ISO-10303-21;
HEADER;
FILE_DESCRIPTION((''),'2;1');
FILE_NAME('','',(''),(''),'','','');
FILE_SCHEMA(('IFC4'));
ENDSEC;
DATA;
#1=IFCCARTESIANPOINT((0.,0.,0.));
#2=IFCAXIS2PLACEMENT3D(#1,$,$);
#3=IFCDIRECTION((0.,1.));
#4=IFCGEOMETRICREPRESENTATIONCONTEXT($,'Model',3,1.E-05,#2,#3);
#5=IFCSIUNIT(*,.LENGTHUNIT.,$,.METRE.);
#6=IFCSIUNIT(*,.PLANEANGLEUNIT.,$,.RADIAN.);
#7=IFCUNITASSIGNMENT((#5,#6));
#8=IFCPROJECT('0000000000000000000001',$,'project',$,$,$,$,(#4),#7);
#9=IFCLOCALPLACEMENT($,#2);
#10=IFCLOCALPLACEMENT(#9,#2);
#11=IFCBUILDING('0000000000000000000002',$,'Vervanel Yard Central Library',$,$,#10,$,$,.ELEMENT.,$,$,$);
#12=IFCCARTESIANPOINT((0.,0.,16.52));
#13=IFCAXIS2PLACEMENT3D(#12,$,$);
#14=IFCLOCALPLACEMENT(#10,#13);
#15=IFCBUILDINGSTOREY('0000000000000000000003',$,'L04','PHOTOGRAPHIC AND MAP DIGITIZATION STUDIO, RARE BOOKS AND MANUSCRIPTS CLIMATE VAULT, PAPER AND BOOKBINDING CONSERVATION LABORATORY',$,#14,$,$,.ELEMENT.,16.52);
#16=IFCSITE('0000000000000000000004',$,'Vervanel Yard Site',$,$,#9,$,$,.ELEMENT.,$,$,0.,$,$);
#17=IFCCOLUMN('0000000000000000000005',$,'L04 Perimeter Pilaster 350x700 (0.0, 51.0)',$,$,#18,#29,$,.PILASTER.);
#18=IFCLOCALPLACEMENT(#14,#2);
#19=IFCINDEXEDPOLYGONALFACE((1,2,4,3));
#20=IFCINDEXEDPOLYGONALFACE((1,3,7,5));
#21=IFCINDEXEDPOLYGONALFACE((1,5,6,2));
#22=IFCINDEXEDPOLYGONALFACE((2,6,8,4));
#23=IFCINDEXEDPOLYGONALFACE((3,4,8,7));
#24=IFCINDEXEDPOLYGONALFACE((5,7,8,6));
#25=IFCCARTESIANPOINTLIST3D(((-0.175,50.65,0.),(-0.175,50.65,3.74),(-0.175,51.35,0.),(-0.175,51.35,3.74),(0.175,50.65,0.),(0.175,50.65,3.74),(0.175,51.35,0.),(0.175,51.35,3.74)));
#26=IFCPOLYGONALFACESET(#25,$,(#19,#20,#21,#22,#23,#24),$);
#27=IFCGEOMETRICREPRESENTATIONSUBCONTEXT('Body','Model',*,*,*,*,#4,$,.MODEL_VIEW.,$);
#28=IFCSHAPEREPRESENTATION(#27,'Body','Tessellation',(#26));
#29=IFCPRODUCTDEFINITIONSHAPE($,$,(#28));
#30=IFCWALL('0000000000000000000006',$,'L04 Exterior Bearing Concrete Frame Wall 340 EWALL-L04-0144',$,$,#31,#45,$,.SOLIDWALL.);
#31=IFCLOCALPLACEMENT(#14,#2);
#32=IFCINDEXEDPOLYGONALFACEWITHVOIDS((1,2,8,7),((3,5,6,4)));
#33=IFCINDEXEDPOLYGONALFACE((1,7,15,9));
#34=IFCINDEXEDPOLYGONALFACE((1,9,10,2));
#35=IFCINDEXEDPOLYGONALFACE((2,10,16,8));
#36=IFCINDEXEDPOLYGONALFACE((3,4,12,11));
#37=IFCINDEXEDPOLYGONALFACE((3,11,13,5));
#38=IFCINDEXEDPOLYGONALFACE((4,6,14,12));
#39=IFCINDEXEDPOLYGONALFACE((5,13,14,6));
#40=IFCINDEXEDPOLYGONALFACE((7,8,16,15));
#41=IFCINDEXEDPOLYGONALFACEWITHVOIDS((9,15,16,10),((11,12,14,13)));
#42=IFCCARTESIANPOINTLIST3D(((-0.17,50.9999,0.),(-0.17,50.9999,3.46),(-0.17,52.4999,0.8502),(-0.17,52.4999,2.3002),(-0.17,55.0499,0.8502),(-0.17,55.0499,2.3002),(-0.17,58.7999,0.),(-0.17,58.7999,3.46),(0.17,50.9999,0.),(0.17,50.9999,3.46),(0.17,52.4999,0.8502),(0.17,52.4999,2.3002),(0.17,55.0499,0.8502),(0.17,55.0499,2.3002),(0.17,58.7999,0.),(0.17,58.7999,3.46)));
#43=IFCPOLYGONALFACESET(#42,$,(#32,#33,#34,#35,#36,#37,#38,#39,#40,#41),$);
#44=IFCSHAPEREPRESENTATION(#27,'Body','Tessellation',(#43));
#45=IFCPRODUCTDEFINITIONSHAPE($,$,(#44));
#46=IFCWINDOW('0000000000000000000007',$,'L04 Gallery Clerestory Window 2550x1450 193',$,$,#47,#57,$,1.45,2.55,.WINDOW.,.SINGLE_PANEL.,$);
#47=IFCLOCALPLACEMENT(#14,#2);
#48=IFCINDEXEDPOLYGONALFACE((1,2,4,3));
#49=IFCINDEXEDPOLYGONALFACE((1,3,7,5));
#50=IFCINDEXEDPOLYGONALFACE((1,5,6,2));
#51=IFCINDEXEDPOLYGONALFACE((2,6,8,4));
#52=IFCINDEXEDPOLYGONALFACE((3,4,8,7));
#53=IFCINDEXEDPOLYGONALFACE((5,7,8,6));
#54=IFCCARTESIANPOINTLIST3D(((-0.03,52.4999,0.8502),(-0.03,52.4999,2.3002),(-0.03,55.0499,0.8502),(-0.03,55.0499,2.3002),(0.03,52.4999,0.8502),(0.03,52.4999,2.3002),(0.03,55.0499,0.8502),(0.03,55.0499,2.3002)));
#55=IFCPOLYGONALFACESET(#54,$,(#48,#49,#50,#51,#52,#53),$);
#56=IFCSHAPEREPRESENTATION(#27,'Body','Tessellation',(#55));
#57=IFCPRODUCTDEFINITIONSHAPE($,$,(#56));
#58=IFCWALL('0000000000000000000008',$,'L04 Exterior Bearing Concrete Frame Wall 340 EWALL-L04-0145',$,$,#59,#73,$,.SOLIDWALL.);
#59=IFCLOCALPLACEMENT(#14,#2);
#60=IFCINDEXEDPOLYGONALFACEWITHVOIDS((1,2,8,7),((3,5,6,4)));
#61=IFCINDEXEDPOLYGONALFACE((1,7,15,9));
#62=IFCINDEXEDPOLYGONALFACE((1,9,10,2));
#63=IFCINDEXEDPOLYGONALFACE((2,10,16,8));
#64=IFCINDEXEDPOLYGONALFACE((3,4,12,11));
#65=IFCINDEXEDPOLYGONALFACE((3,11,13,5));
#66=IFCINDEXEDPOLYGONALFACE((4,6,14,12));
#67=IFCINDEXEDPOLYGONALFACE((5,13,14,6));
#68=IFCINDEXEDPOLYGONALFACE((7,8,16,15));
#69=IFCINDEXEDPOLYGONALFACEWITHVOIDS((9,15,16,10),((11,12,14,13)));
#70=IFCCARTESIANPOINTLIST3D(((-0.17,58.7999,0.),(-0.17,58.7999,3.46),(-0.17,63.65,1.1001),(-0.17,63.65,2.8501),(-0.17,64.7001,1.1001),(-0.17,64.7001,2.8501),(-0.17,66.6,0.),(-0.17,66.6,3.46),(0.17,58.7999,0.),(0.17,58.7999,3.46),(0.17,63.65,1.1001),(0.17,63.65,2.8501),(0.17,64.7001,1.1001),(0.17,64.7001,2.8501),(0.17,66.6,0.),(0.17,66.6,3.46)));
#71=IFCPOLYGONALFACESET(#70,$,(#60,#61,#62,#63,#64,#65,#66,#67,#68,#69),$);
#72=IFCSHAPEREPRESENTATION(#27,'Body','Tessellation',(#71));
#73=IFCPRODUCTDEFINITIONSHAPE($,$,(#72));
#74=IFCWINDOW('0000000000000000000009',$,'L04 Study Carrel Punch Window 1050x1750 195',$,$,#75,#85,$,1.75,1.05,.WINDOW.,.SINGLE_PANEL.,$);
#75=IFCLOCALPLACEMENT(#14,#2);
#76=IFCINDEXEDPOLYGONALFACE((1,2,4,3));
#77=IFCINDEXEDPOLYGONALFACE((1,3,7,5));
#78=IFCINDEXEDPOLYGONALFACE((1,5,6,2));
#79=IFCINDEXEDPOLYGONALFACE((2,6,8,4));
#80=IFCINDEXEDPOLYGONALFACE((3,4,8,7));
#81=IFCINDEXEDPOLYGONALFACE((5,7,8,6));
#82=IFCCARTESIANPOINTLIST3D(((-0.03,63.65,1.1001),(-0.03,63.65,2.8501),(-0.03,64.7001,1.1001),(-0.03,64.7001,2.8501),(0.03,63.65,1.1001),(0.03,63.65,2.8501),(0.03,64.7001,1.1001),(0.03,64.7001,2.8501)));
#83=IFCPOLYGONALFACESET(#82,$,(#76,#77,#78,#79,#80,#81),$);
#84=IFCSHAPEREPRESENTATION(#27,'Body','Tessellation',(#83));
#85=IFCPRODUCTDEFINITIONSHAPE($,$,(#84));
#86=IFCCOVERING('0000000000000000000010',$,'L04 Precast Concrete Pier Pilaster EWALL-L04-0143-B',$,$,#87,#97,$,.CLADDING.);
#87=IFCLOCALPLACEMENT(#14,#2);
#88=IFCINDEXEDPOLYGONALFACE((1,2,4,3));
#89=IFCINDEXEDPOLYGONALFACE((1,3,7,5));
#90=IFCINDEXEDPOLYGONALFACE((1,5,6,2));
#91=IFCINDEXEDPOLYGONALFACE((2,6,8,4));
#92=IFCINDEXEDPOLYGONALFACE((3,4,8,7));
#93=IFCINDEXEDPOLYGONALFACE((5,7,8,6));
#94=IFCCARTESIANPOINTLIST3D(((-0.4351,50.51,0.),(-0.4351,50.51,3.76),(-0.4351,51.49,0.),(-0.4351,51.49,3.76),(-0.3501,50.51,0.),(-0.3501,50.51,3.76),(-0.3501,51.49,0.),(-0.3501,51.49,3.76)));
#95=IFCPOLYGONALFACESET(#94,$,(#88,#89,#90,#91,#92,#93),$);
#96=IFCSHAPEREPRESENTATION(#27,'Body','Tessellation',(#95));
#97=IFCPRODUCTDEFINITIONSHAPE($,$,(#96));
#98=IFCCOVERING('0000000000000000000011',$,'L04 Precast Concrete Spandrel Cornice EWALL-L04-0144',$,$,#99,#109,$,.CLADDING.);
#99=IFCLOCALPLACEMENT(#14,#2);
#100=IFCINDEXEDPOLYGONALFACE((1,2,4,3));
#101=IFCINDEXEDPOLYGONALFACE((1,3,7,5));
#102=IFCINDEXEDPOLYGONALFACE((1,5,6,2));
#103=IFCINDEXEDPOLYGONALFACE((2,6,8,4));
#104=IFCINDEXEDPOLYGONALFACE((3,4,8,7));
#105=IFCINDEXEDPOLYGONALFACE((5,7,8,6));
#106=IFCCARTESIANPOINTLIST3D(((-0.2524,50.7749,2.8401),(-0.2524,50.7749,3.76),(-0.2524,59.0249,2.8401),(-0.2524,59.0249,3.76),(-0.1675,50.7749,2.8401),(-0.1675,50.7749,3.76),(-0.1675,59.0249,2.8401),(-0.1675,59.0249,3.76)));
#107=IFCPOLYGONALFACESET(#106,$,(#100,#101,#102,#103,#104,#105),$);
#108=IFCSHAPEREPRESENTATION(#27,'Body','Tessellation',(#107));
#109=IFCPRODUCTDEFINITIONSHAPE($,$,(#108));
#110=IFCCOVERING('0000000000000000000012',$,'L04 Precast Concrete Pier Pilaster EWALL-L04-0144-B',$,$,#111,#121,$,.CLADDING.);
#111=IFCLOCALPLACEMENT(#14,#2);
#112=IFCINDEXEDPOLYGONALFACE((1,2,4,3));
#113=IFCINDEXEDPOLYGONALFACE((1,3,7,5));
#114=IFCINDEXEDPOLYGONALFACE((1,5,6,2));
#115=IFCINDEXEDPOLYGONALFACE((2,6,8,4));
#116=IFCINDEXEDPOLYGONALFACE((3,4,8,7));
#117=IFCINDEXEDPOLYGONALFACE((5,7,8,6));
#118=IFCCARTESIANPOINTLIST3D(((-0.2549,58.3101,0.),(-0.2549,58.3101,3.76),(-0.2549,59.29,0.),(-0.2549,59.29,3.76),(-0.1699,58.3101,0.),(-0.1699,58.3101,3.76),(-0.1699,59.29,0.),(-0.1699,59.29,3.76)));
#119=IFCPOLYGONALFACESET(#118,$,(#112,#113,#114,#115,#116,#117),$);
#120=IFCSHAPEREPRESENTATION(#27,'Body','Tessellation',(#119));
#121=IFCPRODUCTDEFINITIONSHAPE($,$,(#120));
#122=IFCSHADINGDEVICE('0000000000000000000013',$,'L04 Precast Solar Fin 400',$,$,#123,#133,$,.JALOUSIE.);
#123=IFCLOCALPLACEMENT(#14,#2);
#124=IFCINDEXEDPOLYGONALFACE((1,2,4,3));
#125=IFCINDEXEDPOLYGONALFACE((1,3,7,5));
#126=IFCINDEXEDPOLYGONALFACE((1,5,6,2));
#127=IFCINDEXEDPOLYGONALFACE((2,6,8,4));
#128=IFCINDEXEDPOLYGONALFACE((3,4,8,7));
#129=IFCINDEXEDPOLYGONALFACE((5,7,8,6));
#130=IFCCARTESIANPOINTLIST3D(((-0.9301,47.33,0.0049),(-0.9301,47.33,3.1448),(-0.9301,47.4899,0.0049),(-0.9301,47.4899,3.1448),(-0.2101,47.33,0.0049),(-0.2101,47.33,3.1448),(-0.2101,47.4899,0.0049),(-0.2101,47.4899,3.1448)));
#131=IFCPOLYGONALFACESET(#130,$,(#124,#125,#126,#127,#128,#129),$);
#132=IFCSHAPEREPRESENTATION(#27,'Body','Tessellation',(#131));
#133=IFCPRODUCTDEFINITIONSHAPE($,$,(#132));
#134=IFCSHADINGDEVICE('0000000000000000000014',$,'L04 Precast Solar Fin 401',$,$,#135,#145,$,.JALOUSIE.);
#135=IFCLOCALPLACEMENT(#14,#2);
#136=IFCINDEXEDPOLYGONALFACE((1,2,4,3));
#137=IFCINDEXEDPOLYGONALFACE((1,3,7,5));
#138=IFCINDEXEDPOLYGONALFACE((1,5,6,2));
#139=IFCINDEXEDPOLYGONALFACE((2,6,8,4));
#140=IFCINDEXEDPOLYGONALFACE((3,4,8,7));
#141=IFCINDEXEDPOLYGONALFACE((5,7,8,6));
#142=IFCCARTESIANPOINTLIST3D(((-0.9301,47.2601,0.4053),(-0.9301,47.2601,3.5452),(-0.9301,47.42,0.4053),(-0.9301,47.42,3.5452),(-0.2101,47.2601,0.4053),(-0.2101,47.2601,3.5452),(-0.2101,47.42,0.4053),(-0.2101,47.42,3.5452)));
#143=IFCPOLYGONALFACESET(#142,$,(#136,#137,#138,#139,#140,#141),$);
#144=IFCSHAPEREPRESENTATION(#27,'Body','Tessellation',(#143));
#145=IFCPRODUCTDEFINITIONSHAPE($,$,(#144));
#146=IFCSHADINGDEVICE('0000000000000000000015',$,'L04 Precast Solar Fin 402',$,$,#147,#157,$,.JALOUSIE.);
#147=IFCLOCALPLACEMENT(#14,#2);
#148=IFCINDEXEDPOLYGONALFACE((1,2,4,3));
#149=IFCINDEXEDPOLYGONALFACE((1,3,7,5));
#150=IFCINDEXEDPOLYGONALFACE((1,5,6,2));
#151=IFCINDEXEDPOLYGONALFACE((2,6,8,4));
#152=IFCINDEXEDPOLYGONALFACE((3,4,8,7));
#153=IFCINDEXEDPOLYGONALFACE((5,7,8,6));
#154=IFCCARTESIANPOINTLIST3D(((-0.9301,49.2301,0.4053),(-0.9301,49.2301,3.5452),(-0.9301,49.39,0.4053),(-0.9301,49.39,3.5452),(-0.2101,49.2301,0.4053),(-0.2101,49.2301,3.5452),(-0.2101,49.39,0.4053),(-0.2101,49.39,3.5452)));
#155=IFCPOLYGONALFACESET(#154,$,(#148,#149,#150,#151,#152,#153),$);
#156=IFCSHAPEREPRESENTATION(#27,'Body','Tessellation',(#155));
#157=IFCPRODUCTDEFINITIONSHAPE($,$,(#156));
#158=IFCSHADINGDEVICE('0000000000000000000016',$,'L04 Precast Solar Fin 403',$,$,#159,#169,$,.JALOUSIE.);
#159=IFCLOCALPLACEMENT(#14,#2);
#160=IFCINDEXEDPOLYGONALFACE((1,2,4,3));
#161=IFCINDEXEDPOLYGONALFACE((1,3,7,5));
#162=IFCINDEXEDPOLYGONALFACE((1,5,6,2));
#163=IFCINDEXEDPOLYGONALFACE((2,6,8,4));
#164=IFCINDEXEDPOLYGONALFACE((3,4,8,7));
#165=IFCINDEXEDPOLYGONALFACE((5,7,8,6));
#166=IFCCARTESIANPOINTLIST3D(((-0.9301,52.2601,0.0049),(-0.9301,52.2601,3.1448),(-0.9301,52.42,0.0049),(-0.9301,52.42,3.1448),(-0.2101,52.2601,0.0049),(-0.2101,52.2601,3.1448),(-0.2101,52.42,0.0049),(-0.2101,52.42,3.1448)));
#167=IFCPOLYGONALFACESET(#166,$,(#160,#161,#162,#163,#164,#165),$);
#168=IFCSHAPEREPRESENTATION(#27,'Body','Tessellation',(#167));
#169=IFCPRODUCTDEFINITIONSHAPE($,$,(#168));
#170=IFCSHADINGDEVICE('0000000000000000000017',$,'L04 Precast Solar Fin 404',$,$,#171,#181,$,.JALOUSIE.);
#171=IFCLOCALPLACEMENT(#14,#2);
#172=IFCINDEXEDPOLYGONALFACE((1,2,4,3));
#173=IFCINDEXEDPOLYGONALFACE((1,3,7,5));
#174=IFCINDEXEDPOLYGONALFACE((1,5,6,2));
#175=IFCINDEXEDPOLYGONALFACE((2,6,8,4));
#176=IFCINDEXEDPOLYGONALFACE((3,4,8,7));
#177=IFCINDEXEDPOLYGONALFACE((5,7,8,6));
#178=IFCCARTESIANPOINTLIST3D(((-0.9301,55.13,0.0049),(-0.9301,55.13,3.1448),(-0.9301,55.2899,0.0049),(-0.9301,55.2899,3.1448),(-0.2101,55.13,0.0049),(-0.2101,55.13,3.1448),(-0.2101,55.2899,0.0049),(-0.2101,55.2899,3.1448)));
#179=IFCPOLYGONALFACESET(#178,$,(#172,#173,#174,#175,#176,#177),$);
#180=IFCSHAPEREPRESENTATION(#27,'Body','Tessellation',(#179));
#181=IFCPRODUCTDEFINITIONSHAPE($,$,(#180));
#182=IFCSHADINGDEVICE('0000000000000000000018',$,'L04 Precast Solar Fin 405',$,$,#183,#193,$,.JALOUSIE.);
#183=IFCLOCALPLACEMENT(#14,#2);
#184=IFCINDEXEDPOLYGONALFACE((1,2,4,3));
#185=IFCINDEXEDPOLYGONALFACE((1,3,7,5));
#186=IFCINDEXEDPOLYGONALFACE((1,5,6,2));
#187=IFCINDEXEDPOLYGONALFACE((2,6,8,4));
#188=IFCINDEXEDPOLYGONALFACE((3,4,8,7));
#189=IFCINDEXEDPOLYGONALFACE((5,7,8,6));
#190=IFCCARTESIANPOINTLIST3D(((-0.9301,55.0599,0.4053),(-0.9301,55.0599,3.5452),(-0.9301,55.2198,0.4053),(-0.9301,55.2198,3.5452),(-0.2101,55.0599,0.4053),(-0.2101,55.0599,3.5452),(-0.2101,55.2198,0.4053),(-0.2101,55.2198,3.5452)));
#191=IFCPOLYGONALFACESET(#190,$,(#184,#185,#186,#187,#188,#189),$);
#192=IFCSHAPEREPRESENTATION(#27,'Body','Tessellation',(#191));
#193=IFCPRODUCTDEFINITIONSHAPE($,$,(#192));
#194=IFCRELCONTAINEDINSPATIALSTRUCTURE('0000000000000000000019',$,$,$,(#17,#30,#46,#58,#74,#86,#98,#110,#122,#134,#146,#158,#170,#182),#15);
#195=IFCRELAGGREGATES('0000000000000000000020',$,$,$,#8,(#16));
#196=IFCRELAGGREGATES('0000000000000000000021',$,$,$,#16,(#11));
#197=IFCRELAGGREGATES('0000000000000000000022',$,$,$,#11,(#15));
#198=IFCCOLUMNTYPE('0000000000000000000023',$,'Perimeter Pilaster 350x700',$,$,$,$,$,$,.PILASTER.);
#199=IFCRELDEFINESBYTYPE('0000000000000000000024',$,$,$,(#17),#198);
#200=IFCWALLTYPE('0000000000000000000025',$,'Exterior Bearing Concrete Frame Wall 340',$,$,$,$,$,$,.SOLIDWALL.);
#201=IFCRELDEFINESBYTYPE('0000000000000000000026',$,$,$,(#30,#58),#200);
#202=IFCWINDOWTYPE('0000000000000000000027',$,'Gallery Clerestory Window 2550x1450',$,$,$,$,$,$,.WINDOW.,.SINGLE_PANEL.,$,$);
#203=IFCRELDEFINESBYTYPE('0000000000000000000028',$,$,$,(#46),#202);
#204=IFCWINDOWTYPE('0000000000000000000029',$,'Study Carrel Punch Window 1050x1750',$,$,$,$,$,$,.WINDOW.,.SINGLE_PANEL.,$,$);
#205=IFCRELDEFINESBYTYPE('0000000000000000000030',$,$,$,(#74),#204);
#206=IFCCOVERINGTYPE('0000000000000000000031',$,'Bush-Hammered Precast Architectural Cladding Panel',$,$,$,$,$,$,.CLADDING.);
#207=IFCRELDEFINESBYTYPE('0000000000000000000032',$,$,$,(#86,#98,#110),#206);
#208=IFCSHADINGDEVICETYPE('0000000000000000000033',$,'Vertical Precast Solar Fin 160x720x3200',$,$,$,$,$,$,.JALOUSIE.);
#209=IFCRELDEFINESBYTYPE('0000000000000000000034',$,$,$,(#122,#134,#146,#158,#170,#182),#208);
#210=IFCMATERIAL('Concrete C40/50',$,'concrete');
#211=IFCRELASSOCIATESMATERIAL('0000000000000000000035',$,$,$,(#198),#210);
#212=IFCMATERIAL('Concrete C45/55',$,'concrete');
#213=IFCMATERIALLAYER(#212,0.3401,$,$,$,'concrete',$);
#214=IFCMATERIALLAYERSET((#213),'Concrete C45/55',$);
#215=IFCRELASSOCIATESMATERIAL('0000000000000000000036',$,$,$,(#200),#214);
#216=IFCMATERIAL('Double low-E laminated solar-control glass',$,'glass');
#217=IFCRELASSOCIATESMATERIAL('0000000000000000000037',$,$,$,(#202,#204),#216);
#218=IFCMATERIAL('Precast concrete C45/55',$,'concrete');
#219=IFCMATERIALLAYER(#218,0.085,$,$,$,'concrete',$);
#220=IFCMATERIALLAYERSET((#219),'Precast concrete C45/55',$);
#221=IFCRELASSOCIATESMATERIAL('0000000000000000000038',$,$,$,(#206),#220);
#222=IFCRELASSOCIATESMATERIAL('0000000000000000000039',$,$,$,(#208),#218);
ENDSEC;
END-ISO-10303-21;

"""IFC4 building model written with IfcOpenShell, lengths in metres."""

from ifc_helpers import new_model, si_unit, direction, frame, frame_2d, origin, origin_2d, place, context, subcontext, project, spatial, rectangle, extrude, material, layer, layer_set, material_profile, profile_set, type_object, element, fill, save


model = new_model("IFC4")

# Units and contexts
model_context = context("Model", 3, precision=1e-05, world=origin(), true_north=direction((0.0, 1.0)))
body_context = subcontext(model_context, "Body", "Model", "MODEL_VIEW")
ifc_project = project(units=[si_unit("LENGTHUNIT", "METRE"), si_unit("PLANEANGLEUNIT", "RADIAN")], contexts=[model_context])

# Site, building, storey
site_placement = place(None, origin())
site = spatial("IfcSite", under=ifc_project, at=site_placement, Name="Vervanel Yard Site", CompositionType="ELEMENT", RefElevation=0.0)
building_placement = place(site_placement, origin())
building = spatial("IfcBuilding", under=site, at=building_placement, Name="Vervanel Yard Central Library", CompositionType="ELEMENT")
storey_placement = place(building_placement, frame((0.0, 0.0, 16.52)))
storey = spatial("IfcBuildingStorey", under=building, at=storey_placement, Name="L04", Description="PHOTOGRAPHIC AND MAP DIGITIZATION STUDIO, RARE BOOKS AND MANUSCRIPTS CLIMATE VAULT, PAPER AND BOOKBINDING CONSERVATION LABORATORY", CompositionType="ELEMENT", Elevation=16.52)

# Column
ifc_material_1 = material(Name="Concrete C40/50", Category="concrete")
ifc_material_profile = material_profile(ifc_material_1, rectangle(XDim=0.3501, YDim=0.7, at=origin_2d()), Name="RC 350x700", Category="concrete")
ifc_profile_set = profile_set([ifc_material_profile], Name="Concrete C40/50")
column_type = type_object("IfcColumnType", Name="Perimeter Pilaster 350x700", PredefinedType="PILASTER", material=ifc_profile_set)
column_placement = place(storey_placement, frame((0.0, 51.0, 0.0), z_axis=(0.0, 0.0, 1.0), x_axis=(1.0, 0.0, 0.0)))
element("IfcColumn", 1, at=column_placement, inside=storey, type_object=column_type, Name="L04 Perimeter Pilaster 350x700 (0.0, 51.0)", PredefinedType="PILASTER", context=body_context, shape_type="SweptSolid", body=[
    extrude(rectangle(XDim=0.3501, YDim=0.7, at=origin_2d()), origin(), (0.0, 0.0, 1.0), 3.74),
])

# Walls, openings, windows
ifc_material_2 = material(Name="Concrete C45/55", Category="concrete")
ifc_layer_1 = layer(ifc_material_2, 0.3401, Category="concrete")
ifc_layer_set_1 = layer_set([ifc_layer_1], Name="Concrete C45/55")
wall_type = type_object("IfcWallType", Name="Exterior Bearing Concrete Frame Wall 340", PredefinedType="SOLIDWALL", material=ifc_layer_set_1)
wall_1_placement = place(storey_placement, frame((0.0, 51.0, 0.0), z_axis=(0.0, 0.0, 1.0), x_axis=(0.0, 1.0, 0.0)))
wall_1 = element("IfcWall", 2, at=wall_1_placement, inside=storey, type_object=wall_type, Name="L04 Exterior Bearing Concrete Frame Wall 340 EWALL-L04-0144", PredefinedType="SOLIDWALL", context=body_context, shape_type="SweptSolid", body=[
    extrude(rectangle(XDim=7.8, YDim=0.3401, at=frame_2d((3.8999, 0.0))), origin(), (0.0, 0.0, 1.0), 3.46),
])
opening_1_placement = place(wall_1_placement, frame((1.5, 0.0, 0.8501)))
opening_1 = element("IfcOpeningElement", 3, at=opening_1_placement, cuts=wall_1, PredefinedType="OPENING", context=body_context, shape_type="SweptSolid", body=[
    extrude(rectangle(XDim=2.55, YDim=1.45, at=frame_2d((1.2749, 0.7251))), frame((0.0, 0.1799, 0.0), z_axis=(0.0, -1.0, 0.0), x_axis=(1.0, 0.0, 0.0)), (0.0, 0.0, 1.0), 0.3601),
])
ifc_material_3 = material(Name="Double low-E laminated solar-control glass", Category="glass")
window_type_1 = type_object("IfcWindowType", Name="Gallery Clerestory Window 2550x1450", PartitioningType="SINGLE_PANEL", PredefinedType="WINDOW", material=ifc_material_3)
window_1_placement = place(opening_1_placement, origin())
window_1 = element("IfcWindow", 4, at=window_1_placement, inside=storey, type_object=window_type_1, Name="L04 Gallery Clerestory Window 2550x1450 193", OverallHeight=1.45, OverallWidth=2.55, PartitioningType="SINGLE_PANEL", PredefinedType="WINDOW", context=body_context, shape_type="SweptSolid", body=[
    extrude(rectangle(XDim=2.55, YDim=1.45, at=frame_2d((1.2749, 0.7251))), frame((0.0, 0.03, 0.0), z_axis=(0.0, -1.0, 0.0), x_axis=(1.0, 0.0, 0.0)), (0.0, 0.0, 1.0), 0.0601),
])
fill(opening_1, window_1)
wall_2_placement = place(storey_placement, frame((0.0, 58.8, 0.0), z_axis=(0.0, 0.0, 1.0), x_axis=(0.0, 1.0, 0.0)))
wall_2 = element("IfcWall", 5, at=wall_2_placement, inside=storey, type_object=wall_type, Name="L04 Exterior Bearing Concrete Frame Wall 340 EWALL-L04-0145", PredefinedType="SOLIDWALL", context=body_context, shape_type="SweptSolid", body=[
    extrude(rectangle(XDim=7.8, YDim=0.3401, at=frame_2d((3.8999, 0.0))), origin(), (0.0, 0.0, 1.0), 3.46),
])
opening_2_placement = place(wall_2_placement, frame((4.8501, 0.0, 1.1001)))
opening_2 = element("IfcOpeningElement", 6, at=opening_2_placement, cuts=wall_2, PredefinedType="OPENING", context=body_context, shape_type="SweptSolid", body=[
    extrude(rectangle(XDim=1.05, YDim=1.75, at=frame_2d((0.5249, 0.875))), frame((0.0, 0.1799, 0.0), z_axis=(0.0, -1.0, 0.0), x_axis=(1.0, 0.0, 0.0)), (0.0, 0.0, 1.0), 0.3601),
])
window_type_2 = type_object("IfcWindowType", Name="Study Carrel Punch Window 1050x1750", PartitioningType="SINGLE_PANEL", PredefinedType="WINDOW", material=ifc_material_3)
window_2_placement = place(opening_2_placement, origin())
window_2 = element("IfcWindow", 7, at=window_2_placement, inside=storey, type_object=window_type_2, Name="L04 Study Carrel Punch Window 1050x1750 195", OverallHeight=1.75, OverallWidth=1.05, PartitioningType="SINGLE_PANEL", PredefinedType="WINDOW", context=body_context, shape_type="SweptSolid", body=[
    extrude(rectangle(XDim=1.05, YDim=1.75, at=frame_2d((0.5249, 0.875))), frame((0.0, 0.03, 0.0), z_axis=(0.0, -1.0, 0.0), x_axis=(1.0, 0.0, 0.0)), (0.0, 0.0, 1.0), 0.0601),
])
fill(opening_2, window_2)

# Coverings
ifc_material_4 = material(Name="Precast concrete C45/55", Category="concrete")
ifc_layer_2 = layer(ifc_material_4, 0.085, Category="concrete")
ifc_layer_set_2 = layer_set([ifc_layer_2], Name="Precast concrete C45/55")
covering_type = type_object("IfcCoveringType", Name="Bush-Hammered Precast Architectural Cladding Panel", PredefinedType="CLADDING", material=ifc_layer_set_2)
covering_1_placement = place(storey_placement, frame((-0.3926, 51.0, 0.0), z_axis=(0.0, 0.0, 1.0), x_axis=(0.0, 1.0, 0.0)))
element("IfcCovering", 8, at=covering_1_placement, inside=storey, type_object=covering_type, Name="L04 Precast Concrete Pier Pilaster EWALL-L04-0143-B", PredefinedType="CLADDING", context=body_context, shape_type="SweptSolid", body=[
    extrude(rectangle(XDim=0.98, YDim=0.085, at=origin_2d()), origin(), (0.0, 0.0, 1.0), 3.76),
])
covering_2_placement = place(storey_placement, frame((-0.21, 54.8999, 2.8401), z_axis=(0.0, 0.0, 1.0), x_axis=(0.0, 1.0, 0.0)))
element("IfcCovering", 9, at=covering_2_placement, inside=storey, type_object=covering_type, Name="L04 Precast Concrete Spandrel Cornice EWALL-L04-0144", PredefinedType="CLADDING", context=body_context, shape_type="SweptSolid", body=[
    extrude(rectangle(XDim=8.25, YDim=0.085, at=origin_2d()), origin(), (0.0, 0.0, 1.0), 0.9199),
])
covering_3_placement = place(storey_placement, frame((-0.2124, 58.8, 0.0), z_axis=(0.0, 0.0, 1.0), x_axis=(0.0, 1.0, 0.0)))
element("IfcCovering", 10, at=covering_3_placement, inside=storey, type_object=covering_type, Name="L04 Precast Concrete Pier Pilaster EWALL-L04-0144-B", PredefinedType="CLADDING", context=body_context, shape_type="SweptSolid", body=[
    extrude(rectangle(XDim=0.98, YDim=0.085, at=origin_2d()), origin(), (0.0, 0.0, 1.0), 3.76),
])

# Shading devices
shading_device_type = type_object("IfcShadingDeviceType", Name="Vertical Precast Solar Fin 160x720x3200", PredefinedType="JALOUSIE", material=ifc_material_4)
for number, where, z_axis, x_axis, name in (
    (11, (-0.5701, 47.4099, 0.0049), (0.0, 0.0, 1.0), (0.0, 1.0, 0.0), "L04 Precast Solar Fin 400"),
    (12, (-0.5701, 47.3401, 0.4053), (0.0, 0.0, 1.0), (0.0, 1.0, 0.0), "L04 Precast Solar Fin 401"),
    (13, (-0.5701, 49.3101, 0.4053), (0.0, 0.0, 1.0), (0.0, 1.0, 0.0), "L04 Precast Solar Fin 402"),
    (14, (-0.5701, 52.3401, 0.0049), (0.0, 0.0, 1.0), (0.0, 1.0, 0.0), "L04 Precast Solar Fin 403"),
    (15, (-0.5701, 55.21, 0.0049), (0.0, 0.0, 1.0), (0.0, 1.0, 0.0), "L04 Precast Solar Fin 404"),
    (16, (-0.5701, 55.1399, 0.4053), (0.0, 0.0, 1.0), (0.0, 1.0, 0.0), "L04 Precast Solar Fin 405"),
):
    element("IfcShadingDevice", number, at=place(storey_placement, frame(where, z_axis=z_axis, x_axis=x_axis)), inside=storey, type_object=shading_device_type, Name=name, PredefinedType="JALOUSIE", context=body_context, shape_type="SweptSolid", body=[
        extrude(rectangle(XDim=0.1599, YDim=0.72, at=origin_2d()), origin(), (0.0, 0.0, 1.0), 3.1399),
    ])

save(model, "model.ifc")
